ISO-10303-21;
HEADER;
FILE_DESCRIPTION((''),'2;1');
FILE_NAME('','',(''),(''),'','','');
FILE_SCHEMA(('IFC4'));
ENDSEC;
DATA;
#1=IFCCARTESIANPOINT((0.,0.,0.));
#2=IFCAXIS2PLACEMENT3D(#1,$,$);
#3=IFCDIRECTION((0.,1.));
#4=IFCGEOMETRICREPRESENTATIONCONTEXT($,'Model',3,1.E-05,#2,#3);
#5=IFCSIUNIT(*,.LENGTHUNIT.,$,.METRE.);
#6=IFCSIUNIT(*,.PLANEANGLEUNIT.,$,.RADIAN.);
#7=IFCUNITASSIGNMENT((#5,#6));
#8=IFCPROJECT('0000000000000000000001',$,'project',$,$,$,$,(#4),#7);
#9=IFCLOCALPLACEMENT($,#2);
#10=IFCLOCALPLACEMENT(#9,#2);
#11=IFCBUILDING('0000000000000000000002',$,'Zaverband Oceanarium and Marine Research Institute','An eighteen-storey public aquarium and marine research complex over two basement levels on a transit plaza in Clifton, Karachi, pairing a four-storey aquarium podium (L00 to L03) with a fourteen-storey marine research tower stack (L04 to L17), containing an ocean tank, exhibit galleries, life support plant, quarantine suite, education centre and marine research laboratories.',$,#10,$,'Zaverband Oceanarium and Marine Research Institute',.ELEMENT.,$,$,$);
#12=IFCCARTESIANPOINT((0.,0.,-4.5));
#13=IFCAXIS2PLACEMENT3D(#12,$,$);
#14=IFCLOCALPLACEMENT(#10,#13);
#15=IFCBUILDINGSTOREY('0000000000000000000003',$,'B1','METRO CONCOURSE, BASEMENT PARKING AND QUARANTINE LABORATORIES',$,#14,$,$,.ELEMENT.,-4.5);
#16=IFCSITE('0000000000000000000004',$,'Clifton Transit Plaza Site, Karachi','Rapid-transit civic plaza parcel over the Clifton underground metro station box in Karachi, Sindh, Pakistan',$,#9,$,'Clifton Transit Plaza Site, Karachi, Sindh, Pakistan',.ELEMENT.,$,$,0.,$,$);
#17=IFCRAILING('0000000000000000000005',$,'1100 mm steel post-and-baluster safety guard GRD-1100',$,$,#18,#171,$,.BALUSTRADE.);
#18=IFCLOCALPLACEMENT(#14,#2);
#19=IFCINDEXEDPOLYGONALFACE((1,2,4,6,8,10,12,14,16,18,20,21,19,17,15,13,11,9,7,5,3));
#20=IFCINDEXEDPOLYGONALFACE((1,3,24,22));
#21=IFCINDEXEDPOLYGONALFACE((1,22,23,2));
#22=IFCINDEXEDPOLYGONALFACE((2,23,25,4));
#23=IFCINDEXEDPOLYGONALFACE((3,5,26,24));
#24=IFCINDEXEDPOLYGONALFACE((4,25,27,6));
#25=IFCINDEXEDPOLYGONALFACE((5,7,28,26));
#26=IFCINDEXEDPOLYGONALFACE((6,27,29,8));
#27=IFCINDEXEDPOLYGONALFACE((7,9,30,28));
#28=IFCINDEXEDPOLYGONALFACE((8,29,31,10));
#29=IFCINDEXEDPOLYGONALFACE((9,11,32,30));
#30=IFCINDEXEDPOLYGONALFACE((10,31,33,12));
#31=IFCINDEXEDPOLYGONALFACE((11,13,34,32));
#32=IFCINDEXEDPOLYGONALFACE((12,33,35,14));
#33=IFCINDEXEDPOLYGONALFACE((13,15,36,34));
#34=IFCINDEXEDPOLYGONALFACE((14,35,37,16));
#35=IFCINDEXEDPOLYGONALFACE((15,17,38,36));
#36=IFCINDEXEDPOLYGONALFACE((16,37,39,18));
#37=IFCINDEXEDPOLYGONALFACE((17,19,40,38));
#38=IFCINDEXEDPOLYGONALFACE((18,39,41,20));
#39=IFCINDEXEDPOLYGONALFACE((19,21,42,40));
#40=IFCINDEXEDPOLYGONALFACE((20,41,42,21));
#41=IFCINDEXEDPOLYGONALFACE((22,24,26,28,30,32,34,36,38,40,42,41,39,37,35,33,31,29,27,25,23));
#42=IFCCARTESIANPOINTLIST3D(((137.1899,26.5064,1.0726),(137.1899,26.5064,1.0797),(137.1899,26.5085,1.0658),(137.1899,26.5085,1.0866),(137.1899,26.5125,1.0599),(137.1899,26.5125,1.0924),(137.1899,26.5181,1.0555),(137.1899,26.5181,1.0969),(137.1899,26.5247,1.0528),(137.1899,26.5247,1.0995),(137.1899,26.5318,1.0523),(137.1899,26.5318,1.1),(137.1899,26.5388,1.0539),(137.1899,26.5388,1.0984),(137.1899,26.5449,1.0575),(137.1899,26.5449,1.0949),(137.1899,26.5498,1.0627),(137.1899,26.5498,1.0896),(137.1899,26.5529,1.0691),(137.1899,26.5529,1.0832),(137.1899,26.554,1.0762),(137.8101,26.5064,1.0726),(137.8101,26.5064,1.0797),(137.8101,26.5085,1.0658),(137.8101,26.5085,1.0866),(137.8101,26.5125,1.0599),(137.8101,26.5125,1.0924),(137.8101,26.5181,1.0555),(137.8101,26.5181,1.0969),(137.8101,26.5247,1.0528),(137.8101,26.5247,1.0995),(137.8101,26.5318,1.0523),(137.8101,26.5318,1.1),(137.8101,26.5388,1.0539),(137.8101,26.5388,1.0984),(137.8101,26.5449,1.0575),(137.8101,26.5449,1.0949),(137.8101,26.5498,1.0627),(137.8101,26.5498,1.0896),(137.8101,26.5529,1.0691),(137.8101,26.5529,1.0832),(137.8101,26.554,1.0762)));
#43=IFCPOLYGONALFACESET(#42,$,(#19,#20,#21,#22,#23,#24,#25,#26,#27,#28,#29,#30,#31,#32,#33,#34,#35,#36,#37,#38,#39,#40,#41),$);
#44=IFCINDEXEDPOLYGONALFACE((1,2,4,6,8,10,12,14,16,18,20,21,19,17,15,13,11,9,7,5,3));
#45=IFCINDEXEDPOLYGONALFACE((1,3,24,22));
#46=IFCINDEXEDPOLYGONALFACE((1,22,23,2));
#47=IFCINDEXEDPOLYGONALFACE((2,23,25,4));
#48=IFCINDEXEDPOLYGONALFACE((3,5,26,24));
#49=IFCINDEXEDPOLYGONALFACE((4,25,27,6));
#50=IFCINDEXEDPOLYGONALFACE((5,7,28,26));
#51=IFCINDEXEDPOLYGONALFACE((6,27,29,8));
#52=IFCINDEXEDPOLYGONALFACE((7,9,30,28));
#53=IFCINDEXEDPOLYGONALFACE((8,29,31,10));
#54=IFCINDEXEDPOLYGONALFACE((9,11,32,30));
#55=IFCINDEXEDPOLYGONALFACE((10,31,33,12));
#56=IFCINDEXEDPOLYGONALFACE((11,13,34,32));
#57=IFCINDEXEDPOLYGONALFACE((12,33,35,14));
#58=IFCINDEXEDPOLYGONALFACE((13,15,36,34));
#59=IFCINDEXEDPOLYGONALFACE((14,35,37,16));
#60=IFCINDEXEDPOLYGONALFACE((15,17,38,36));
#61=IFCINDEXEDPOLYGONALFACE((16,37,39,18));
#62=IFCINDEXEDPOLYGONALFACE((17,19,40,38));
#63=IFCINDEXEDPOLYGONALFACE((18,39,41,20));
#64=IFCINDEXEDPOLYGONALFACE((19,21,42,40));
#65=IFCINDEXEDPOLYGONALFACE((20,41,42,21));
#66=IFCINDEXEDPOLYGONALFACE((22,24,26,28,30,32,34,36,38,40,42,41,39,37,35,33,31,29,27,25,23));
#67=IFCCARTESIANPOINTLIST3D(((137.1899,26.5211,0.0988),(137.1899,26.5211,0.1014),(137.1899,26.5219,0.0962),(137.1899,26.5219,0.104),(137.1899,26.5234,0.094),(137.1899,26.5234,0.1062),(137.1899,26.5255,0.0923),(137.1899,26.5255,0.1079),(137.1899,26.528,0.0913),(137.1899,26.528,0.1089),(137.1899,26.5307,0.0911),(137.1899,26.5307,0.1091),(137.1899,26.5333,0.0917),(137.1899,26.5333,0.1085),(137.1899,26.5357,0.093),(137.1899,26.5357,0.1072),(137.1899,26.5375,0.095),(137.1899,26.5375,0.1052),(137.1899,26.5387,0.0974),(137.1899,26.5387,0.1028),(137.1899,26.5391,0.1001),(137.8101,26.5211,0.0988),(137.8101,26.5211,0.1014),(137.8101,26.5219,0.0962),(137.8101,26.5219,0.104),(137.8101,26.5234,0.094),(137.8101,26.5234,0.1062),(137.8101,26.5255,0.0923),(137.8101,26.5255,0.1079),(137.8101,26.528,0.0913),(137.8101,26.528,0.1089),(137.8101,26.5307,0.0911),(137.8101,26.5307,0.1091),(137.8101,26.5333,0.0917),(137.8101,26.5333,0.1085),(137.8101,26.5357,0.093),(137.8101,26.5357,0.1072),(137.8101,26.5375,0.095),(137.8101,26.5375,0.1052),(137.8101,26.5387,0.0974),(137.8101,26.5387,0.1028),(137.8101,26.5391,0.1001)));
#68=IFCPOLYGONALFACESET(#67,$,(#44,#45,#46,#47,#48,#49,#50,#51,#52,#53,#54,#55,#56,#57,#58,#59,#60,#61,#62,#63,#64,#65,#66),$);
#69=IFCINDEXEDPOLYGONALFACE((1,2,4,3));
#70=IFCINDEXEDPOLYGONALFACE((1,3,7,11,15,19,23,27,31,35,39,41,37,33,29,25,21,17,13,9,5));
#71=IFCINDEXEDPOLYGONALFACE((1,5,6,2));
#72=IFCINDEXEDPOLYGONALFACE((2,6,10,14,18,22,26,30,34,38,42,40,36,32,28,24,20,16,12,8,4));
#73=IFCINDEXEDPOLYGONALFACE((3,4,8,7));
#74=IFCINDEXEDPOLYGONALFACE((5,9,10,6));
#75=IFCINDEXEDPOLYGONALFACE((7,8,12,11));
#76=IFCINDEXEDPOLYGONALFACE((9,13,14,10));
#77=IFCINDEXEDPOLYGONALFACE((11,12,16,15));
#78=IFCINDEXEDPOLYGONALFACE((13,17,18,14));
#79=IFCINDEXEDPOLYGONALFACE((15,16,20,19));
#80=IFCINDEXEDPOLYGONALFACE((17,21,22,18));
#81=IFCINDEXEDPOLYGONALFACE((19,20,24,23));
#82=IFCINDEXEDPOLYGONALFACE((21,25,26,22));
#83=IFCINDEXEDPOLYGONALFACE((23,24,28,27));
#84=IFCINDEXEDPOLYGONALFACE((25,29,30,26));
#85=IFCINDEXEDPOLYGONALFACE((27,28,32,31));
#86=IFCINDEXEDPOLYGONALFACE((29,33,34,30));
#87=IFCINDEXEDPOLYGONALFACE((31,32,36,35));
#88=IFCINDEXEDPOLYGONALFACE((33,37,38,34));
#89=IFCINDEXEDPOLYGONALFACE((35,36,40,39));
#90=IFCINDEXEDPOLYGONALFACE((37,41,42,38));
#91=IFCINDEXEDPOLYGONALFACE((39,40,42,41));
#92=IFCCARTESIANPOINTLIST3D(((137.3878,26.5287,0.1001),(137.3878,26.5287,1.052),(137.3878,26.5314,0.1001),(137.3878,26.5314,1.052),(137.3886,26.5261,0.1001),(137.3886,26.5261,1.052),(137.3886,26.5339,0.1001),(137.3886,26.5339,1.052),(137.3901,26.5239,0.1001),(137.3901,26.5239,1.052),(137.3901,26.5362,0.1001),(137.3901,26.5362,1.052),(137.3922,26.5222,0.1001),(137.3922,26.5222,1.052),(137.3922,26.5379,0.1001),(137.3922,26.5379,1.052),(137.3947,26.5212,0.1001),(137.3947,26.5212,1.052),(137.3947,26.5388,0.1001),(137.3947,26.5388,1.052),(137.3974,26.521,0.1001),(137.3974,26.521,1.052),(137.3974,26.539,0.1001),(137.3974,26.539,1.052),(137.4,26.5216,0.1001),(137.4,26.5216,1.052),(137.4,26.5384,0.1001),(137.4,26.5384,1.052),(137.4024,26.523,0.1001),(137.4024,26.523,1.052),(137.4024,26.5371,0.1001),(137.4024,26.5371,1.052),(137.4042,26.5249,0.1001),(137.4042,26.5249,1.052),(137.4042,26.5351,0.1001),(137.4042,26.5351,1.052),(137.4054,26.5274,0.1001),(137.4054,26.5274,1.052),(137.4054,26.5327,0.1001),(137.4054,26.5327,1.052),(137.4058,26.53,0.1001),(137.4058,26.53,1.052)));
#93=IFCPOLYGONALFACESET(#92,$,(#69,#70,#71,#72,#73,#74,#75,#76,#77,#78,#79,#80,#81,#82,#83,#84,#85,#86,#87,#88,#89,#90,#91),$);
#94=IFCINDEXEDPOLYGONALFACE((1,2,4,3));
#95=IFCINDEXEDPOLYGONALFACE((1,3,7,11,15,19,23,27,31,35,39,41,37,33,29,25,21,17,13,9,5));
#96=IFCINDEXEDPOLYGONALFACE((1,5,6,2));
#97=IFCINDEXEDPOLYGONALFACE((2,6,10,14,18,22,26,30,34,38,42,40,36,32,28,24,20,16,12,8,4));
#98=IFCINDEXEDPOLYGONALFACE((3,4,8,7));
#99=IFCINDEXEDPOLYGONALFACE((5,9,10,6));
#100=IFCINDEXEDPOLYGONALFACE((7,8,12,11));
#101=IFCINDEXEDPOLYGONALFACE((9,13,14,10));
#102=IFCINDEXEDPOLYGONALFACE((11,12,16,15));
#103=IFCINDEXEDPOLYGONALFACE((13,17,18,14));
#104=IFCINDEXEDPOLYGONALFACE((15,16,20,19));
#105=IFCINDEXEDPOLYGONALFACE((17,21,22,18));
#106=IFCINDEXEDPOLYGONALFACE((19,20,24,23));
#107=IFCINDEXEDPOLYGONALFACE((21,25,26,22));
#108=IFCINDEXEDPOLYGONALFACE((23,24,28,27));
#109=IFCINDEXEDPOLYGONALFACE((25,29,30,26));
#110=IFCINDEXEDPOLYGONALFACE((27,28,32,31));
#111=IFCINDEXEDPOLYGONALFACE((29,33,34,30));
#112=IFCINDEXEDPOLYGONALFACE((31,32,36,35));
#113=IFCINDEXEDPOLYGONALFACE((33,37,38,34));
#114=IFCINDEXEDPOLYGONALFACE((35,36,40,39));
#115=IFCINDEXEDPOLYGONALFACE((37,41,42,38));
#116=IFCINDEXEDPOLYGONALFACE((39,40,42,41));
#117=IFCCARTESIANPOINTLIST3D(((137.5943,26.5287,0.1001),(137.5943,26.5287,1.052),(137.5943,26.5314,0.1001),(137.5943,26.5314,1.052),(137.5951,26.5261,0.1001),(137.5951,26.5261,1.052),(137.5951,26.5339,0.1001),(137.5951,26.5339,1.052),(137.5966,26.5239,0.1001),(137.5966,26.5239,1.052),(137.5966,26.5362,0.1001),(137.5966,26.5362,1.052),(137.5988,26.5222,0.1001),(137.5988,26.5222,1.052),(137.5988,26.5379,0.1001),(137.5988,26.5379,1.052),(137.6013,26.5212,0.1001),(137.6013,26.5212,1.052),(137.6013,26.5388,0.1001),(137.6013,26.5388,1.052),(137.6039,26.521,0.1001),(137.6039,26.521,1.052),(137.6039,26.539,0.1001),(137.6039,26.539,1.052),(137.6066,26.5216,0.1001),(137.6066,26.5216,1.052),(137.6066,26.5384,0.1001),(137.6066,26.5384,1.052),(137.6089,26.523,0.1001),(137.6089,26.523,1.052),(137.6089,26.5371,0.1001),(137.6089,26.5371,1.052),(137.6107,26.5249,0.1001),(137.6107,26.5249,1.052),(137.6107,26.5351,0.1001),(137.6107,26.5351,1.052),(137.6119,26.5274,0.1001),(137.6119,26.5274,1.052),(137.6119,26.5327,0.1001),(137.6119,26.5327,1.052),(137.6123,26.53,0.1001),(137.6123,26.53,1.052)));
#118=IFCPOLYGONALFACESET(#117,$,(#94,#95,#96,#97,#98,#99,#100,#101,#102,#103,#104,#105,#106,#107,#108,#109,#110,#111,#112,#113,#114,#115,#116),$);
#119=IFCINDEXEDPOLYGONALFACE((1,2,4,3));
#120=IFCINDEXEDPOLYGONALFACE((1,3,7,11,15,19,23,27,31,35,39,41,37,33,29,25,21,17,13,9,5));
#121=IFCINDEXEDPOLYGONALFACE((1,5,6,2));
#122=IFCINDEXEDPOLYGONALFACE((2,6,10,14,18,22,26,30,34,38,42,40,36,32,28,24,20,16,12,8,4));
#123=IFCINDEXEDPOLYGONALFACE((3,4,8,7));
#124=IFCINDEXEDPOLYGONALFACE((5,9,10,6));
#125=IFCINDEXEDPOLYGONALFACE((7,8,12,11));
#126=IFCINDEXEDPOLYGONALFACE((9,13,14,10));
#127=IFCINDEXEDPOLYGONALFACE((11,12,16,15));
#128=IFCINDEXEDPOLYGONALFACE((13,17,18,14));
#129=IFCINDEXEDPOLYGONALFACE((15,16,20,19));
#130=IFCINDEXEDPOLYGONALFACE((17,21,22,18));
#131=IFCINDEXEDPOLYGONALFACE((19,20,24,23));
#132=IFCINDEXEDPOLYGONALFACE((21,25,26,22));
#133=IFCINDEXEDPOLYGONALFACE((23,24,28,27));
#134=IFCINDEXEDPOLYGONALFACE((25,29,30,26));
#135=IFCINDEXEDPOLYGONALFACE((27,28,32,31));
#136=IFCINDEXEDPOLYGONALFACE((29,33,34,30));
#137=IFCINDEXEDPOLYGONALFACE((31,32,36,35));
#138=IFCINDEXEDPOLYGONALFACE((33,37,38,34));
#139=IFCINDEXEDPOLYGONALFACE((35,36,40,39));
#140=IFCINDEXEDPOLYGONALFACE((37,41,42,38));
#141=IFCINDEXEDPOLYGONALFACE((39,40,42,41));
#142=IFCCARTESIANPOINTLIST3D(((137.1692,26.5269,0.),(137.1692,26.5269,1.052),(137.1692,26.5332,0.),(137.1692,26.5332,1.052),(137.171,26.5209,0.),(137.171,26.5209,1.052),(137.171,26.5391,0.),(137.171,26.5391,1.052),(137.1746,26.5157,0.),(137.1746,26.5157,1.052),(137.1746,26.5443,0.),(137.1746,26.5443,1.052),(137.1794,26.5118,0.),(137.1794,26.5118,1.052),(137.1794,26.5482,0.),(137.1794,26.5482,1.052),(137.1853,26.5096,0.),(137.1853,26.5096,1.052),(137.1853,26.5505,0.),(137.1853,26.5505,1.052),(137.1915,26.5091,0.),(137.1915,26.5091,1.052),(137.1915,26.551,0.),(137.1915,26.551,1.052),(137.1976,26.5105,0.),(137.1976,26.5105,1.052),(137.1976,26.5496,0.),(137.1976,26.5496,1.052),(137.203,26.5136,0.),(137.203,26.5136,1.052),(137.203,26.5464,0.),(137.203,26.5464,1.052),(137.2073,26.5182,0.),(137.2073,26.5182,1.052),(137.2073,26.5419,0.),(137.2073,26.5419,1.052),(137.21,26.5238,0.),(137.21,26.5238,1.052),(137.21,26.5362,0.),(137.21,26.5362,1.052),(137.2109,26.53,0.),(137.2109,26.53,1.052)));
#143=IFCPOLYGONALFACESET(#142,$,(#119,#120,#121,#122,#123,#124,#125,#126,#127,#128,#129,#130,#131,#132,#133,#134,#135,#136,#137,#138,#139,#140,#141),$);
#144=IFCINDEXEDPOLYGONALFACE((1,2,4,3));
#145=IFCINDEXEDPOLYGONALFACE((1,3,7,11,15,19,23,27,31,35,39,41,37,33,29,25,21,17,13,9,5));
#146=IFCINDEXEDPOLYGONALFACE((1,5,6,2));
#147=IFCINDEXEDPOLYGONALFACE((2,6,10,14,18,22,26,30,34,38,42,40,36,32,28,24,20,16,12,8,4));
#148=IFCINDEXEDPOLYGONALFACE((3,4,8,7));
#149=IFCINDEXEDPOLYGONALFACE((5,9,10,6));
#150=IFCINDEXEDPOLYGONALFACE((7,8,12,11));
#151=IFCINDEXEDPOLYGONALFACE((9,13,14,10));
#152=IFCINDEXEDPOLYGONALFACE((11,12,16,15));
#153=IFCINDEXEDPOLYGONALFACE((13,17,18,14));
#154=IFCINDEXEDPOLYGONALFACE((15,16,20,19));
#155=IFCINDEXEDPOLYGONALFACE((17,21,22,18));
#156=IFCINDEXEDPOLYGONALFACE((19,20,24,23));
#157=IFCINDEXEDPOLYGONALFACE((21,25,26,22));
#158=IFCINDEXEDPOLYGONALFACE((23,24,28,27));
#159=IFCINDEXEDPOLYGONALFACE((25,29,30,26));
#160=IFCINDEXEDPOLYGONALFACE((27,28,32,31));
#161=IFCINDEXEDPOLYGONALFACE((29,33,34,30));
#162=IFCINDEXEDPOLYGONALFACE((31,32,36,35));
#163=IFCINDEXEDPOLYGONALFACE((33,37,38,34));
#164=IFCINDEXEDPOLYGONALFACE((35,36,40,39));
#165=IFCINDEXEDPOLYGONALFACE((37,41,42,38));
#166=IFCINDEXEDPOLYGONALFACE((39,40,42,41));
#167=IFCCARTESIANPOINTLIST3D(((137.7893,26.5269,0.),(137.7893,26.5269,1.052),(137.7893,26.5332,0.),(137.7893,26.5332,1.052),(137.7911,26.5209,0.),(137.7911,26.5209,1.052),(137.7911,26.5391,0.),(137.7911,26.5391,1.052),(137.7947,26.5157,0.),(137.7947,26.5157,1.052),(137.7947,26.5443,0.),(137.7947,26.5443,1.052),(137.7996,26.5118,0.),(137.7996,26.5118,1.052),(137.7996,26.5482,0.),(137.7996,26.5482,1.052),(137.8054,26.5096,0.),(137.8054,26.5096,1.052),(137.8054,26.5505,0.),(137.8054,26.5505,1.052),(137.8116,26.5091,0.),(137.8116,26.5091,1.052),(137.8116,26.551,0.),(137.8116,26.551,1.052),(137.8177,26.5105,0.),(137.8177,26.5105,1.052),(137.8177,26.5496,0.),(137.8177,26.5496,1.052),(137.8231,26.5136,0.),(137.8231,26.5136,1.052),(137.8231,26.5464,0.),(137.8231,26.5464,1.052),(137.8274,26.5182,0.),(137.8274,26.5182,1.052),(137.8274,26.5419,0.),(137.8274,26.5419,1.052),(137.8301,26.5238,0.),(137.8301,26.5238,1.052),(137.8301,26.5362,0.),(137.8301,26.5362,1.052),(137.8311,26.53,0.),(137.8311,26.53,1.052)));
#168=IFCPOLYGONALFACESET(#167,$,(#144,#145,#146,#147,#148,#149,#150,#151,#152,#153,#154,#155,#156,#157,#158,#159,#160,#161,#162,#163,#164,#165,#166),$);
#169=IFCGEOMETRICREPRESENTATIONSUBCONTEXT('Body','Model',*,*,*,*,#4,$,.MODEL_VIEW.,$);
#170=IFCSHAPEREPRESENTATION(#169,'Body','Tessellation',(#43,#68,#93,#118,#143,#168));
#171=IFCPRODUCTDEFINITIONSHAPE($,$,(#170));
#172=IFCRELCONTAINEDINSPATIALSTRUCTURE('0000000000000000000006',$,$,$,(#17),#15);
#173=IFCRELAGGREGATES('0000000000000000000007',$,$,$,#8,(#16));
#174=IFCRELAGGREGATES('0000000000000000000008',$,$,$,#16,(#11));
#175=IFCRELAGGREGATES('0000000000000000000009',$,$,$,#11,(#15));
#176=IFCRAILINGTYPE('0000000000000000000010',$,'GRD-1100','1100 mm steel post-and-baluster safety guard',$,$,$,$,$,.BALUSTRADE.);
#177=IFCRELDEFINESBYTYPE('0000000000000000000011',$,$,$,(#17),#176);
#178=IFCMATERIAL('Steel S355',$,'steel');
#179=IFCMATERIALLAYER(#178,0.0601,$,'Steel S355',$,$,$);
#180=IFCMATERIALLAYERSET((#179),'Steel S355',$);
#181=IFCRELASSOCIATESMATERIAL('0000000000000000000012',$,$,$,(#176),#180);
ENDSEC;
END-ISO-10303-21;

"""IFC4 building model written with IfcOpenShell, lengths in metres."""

from ifc_helpers import new_model, si_unit, direction, frame, origin, origin_2d, place, context, subcontext, project, spatial, circle, extrude, material, layer, layer_set, type_object, element, save


model = new_model("IFC4")

# Units and contexts
model_context = context("Model", 3, precision=1e-05, world=origin(), true_north=direction((0.0, 1.0)))
body_context = subcontext(model_context, "Body", "Model", "MODEL_VIEW")
ifc_project = project(units=[si_unit("LENGTHUNIT", "METRE"), si_unit("PLANEANGLEUNIT", "RADIAN")], contexts=[model_context])

# Site, building, storey
site_placement = place(None, origin())
site = spatial("IfcSite", under=ifc_project, at=site_placement, Name="Clifton Transit Plaza Site, Karachi", Description="Rapid-transit civic plaza parcel over the Clifton underground metro station box in Karachi, Sindh, Pakistan", LongName="Clifton Transit Plaza Site, Karachi, Sindh, Pakistan", CompositionType="ELEMENT", RefElevation=0.0)
building_placement = place(site_placement, origin())
building = spatial("IfcBuilding", under=site, at=building_placement, Name="Zaverband Oceanarium and Marine Research Institute", Description="An eighteen-storey public aquarium and marine research complex over two basement levels on a transit plaza in Clifton, Karachi, pairing a four-storey aquarium podium (L00 to L03) with a fourteen-storey marine research tower stack (L04 to L17), containing an ocean tank, exhibit galleries, life support plant, quarantine suite, education centre and marine research laboratories.", LongName="Zaverband Oceanarium and Marine Research Institute", CompositionType="ELEMENT")
storey_placement = place(building_placement, frame((0.0, 0.0, -4.5)))
storey = spatial("IfcBuildingStorey", under=building, at=storey_placement, Name="B1", Description="METRO CONCOURSE, BASEMENT PARKING AND QUARANTINE LABORATORIES", CompositionType="ELEMENT", Elevation=-4.5)

# Shared definitions
ifc_material_1 = material(Name="Steel S355", Category="steel")

# Railing
ifc_layer_1 = layer(ifc_material_1, 0.0601, Name="Steel S355")
ifc_layer_set_1 = layer_set([ifc_layer_1], Name="Steel S355")
railing_type_1 = type_object("IfcRailingType", Name="GRD-1100", Description="1100 mm steel post-and-baluster safety guard", PredefinedType="BALUSTRADE", material=ifc_layer_set_1)
railing_1_placement = place(storey_placement, frame((137.1899, 26.53, 0.0)))
element("IfcRailing", 1, at=railing_1_placement, inside=storey, type_object=railing_type_1, Name="1100 mm steel post-and-baluster safety guard GRD-1100", PredefinedType="BALUSTRADE", context=body_context, shape_type="SweptSolid", body=[
    extrude(circle(Radius=0.0239, at=origin_2d()), frame((0.0, 0.0, 1.0762), z_axis=(1.0, 0.0, 0.0), x_axis=(0.0, 1.0, 0.0)), (0.0, 0.0, 1.0), 0.6201),
    extrude(circle(Radius=0.009, at=origin_2d()), frame((0.0, 0.0, 0.1001), z_axis=(1.0, 0.0, 0.0), x_axis=(0.0, 1.0, 0.0)), (0.0, 0.0, 1.0), 0.6201),
    extrude(circle(Radius=0.009, at=origin_2d()), frame((0.2068, 0.0, 0.1001)), (0.0, 0.0, 1.0), 0.9519),
    extrude(circle(Radius=0.009, at=origin_2d()), frame((0.4133, 0.0, 0.1001)), (0.0, 0.0, 1.0), 0.9519),
    extrude(circle(Radius=0.021, at=origin_2d()), origin(), (0.0, 0.0, 1.0), 1.052),
    extrude(circle(Radius=0.021, at=origin_2d()), frame((0.6201, 0.0, 0.0)), (0.0, 0.0, 1.0), 1.052),
])

save(model, "model.ifc")
